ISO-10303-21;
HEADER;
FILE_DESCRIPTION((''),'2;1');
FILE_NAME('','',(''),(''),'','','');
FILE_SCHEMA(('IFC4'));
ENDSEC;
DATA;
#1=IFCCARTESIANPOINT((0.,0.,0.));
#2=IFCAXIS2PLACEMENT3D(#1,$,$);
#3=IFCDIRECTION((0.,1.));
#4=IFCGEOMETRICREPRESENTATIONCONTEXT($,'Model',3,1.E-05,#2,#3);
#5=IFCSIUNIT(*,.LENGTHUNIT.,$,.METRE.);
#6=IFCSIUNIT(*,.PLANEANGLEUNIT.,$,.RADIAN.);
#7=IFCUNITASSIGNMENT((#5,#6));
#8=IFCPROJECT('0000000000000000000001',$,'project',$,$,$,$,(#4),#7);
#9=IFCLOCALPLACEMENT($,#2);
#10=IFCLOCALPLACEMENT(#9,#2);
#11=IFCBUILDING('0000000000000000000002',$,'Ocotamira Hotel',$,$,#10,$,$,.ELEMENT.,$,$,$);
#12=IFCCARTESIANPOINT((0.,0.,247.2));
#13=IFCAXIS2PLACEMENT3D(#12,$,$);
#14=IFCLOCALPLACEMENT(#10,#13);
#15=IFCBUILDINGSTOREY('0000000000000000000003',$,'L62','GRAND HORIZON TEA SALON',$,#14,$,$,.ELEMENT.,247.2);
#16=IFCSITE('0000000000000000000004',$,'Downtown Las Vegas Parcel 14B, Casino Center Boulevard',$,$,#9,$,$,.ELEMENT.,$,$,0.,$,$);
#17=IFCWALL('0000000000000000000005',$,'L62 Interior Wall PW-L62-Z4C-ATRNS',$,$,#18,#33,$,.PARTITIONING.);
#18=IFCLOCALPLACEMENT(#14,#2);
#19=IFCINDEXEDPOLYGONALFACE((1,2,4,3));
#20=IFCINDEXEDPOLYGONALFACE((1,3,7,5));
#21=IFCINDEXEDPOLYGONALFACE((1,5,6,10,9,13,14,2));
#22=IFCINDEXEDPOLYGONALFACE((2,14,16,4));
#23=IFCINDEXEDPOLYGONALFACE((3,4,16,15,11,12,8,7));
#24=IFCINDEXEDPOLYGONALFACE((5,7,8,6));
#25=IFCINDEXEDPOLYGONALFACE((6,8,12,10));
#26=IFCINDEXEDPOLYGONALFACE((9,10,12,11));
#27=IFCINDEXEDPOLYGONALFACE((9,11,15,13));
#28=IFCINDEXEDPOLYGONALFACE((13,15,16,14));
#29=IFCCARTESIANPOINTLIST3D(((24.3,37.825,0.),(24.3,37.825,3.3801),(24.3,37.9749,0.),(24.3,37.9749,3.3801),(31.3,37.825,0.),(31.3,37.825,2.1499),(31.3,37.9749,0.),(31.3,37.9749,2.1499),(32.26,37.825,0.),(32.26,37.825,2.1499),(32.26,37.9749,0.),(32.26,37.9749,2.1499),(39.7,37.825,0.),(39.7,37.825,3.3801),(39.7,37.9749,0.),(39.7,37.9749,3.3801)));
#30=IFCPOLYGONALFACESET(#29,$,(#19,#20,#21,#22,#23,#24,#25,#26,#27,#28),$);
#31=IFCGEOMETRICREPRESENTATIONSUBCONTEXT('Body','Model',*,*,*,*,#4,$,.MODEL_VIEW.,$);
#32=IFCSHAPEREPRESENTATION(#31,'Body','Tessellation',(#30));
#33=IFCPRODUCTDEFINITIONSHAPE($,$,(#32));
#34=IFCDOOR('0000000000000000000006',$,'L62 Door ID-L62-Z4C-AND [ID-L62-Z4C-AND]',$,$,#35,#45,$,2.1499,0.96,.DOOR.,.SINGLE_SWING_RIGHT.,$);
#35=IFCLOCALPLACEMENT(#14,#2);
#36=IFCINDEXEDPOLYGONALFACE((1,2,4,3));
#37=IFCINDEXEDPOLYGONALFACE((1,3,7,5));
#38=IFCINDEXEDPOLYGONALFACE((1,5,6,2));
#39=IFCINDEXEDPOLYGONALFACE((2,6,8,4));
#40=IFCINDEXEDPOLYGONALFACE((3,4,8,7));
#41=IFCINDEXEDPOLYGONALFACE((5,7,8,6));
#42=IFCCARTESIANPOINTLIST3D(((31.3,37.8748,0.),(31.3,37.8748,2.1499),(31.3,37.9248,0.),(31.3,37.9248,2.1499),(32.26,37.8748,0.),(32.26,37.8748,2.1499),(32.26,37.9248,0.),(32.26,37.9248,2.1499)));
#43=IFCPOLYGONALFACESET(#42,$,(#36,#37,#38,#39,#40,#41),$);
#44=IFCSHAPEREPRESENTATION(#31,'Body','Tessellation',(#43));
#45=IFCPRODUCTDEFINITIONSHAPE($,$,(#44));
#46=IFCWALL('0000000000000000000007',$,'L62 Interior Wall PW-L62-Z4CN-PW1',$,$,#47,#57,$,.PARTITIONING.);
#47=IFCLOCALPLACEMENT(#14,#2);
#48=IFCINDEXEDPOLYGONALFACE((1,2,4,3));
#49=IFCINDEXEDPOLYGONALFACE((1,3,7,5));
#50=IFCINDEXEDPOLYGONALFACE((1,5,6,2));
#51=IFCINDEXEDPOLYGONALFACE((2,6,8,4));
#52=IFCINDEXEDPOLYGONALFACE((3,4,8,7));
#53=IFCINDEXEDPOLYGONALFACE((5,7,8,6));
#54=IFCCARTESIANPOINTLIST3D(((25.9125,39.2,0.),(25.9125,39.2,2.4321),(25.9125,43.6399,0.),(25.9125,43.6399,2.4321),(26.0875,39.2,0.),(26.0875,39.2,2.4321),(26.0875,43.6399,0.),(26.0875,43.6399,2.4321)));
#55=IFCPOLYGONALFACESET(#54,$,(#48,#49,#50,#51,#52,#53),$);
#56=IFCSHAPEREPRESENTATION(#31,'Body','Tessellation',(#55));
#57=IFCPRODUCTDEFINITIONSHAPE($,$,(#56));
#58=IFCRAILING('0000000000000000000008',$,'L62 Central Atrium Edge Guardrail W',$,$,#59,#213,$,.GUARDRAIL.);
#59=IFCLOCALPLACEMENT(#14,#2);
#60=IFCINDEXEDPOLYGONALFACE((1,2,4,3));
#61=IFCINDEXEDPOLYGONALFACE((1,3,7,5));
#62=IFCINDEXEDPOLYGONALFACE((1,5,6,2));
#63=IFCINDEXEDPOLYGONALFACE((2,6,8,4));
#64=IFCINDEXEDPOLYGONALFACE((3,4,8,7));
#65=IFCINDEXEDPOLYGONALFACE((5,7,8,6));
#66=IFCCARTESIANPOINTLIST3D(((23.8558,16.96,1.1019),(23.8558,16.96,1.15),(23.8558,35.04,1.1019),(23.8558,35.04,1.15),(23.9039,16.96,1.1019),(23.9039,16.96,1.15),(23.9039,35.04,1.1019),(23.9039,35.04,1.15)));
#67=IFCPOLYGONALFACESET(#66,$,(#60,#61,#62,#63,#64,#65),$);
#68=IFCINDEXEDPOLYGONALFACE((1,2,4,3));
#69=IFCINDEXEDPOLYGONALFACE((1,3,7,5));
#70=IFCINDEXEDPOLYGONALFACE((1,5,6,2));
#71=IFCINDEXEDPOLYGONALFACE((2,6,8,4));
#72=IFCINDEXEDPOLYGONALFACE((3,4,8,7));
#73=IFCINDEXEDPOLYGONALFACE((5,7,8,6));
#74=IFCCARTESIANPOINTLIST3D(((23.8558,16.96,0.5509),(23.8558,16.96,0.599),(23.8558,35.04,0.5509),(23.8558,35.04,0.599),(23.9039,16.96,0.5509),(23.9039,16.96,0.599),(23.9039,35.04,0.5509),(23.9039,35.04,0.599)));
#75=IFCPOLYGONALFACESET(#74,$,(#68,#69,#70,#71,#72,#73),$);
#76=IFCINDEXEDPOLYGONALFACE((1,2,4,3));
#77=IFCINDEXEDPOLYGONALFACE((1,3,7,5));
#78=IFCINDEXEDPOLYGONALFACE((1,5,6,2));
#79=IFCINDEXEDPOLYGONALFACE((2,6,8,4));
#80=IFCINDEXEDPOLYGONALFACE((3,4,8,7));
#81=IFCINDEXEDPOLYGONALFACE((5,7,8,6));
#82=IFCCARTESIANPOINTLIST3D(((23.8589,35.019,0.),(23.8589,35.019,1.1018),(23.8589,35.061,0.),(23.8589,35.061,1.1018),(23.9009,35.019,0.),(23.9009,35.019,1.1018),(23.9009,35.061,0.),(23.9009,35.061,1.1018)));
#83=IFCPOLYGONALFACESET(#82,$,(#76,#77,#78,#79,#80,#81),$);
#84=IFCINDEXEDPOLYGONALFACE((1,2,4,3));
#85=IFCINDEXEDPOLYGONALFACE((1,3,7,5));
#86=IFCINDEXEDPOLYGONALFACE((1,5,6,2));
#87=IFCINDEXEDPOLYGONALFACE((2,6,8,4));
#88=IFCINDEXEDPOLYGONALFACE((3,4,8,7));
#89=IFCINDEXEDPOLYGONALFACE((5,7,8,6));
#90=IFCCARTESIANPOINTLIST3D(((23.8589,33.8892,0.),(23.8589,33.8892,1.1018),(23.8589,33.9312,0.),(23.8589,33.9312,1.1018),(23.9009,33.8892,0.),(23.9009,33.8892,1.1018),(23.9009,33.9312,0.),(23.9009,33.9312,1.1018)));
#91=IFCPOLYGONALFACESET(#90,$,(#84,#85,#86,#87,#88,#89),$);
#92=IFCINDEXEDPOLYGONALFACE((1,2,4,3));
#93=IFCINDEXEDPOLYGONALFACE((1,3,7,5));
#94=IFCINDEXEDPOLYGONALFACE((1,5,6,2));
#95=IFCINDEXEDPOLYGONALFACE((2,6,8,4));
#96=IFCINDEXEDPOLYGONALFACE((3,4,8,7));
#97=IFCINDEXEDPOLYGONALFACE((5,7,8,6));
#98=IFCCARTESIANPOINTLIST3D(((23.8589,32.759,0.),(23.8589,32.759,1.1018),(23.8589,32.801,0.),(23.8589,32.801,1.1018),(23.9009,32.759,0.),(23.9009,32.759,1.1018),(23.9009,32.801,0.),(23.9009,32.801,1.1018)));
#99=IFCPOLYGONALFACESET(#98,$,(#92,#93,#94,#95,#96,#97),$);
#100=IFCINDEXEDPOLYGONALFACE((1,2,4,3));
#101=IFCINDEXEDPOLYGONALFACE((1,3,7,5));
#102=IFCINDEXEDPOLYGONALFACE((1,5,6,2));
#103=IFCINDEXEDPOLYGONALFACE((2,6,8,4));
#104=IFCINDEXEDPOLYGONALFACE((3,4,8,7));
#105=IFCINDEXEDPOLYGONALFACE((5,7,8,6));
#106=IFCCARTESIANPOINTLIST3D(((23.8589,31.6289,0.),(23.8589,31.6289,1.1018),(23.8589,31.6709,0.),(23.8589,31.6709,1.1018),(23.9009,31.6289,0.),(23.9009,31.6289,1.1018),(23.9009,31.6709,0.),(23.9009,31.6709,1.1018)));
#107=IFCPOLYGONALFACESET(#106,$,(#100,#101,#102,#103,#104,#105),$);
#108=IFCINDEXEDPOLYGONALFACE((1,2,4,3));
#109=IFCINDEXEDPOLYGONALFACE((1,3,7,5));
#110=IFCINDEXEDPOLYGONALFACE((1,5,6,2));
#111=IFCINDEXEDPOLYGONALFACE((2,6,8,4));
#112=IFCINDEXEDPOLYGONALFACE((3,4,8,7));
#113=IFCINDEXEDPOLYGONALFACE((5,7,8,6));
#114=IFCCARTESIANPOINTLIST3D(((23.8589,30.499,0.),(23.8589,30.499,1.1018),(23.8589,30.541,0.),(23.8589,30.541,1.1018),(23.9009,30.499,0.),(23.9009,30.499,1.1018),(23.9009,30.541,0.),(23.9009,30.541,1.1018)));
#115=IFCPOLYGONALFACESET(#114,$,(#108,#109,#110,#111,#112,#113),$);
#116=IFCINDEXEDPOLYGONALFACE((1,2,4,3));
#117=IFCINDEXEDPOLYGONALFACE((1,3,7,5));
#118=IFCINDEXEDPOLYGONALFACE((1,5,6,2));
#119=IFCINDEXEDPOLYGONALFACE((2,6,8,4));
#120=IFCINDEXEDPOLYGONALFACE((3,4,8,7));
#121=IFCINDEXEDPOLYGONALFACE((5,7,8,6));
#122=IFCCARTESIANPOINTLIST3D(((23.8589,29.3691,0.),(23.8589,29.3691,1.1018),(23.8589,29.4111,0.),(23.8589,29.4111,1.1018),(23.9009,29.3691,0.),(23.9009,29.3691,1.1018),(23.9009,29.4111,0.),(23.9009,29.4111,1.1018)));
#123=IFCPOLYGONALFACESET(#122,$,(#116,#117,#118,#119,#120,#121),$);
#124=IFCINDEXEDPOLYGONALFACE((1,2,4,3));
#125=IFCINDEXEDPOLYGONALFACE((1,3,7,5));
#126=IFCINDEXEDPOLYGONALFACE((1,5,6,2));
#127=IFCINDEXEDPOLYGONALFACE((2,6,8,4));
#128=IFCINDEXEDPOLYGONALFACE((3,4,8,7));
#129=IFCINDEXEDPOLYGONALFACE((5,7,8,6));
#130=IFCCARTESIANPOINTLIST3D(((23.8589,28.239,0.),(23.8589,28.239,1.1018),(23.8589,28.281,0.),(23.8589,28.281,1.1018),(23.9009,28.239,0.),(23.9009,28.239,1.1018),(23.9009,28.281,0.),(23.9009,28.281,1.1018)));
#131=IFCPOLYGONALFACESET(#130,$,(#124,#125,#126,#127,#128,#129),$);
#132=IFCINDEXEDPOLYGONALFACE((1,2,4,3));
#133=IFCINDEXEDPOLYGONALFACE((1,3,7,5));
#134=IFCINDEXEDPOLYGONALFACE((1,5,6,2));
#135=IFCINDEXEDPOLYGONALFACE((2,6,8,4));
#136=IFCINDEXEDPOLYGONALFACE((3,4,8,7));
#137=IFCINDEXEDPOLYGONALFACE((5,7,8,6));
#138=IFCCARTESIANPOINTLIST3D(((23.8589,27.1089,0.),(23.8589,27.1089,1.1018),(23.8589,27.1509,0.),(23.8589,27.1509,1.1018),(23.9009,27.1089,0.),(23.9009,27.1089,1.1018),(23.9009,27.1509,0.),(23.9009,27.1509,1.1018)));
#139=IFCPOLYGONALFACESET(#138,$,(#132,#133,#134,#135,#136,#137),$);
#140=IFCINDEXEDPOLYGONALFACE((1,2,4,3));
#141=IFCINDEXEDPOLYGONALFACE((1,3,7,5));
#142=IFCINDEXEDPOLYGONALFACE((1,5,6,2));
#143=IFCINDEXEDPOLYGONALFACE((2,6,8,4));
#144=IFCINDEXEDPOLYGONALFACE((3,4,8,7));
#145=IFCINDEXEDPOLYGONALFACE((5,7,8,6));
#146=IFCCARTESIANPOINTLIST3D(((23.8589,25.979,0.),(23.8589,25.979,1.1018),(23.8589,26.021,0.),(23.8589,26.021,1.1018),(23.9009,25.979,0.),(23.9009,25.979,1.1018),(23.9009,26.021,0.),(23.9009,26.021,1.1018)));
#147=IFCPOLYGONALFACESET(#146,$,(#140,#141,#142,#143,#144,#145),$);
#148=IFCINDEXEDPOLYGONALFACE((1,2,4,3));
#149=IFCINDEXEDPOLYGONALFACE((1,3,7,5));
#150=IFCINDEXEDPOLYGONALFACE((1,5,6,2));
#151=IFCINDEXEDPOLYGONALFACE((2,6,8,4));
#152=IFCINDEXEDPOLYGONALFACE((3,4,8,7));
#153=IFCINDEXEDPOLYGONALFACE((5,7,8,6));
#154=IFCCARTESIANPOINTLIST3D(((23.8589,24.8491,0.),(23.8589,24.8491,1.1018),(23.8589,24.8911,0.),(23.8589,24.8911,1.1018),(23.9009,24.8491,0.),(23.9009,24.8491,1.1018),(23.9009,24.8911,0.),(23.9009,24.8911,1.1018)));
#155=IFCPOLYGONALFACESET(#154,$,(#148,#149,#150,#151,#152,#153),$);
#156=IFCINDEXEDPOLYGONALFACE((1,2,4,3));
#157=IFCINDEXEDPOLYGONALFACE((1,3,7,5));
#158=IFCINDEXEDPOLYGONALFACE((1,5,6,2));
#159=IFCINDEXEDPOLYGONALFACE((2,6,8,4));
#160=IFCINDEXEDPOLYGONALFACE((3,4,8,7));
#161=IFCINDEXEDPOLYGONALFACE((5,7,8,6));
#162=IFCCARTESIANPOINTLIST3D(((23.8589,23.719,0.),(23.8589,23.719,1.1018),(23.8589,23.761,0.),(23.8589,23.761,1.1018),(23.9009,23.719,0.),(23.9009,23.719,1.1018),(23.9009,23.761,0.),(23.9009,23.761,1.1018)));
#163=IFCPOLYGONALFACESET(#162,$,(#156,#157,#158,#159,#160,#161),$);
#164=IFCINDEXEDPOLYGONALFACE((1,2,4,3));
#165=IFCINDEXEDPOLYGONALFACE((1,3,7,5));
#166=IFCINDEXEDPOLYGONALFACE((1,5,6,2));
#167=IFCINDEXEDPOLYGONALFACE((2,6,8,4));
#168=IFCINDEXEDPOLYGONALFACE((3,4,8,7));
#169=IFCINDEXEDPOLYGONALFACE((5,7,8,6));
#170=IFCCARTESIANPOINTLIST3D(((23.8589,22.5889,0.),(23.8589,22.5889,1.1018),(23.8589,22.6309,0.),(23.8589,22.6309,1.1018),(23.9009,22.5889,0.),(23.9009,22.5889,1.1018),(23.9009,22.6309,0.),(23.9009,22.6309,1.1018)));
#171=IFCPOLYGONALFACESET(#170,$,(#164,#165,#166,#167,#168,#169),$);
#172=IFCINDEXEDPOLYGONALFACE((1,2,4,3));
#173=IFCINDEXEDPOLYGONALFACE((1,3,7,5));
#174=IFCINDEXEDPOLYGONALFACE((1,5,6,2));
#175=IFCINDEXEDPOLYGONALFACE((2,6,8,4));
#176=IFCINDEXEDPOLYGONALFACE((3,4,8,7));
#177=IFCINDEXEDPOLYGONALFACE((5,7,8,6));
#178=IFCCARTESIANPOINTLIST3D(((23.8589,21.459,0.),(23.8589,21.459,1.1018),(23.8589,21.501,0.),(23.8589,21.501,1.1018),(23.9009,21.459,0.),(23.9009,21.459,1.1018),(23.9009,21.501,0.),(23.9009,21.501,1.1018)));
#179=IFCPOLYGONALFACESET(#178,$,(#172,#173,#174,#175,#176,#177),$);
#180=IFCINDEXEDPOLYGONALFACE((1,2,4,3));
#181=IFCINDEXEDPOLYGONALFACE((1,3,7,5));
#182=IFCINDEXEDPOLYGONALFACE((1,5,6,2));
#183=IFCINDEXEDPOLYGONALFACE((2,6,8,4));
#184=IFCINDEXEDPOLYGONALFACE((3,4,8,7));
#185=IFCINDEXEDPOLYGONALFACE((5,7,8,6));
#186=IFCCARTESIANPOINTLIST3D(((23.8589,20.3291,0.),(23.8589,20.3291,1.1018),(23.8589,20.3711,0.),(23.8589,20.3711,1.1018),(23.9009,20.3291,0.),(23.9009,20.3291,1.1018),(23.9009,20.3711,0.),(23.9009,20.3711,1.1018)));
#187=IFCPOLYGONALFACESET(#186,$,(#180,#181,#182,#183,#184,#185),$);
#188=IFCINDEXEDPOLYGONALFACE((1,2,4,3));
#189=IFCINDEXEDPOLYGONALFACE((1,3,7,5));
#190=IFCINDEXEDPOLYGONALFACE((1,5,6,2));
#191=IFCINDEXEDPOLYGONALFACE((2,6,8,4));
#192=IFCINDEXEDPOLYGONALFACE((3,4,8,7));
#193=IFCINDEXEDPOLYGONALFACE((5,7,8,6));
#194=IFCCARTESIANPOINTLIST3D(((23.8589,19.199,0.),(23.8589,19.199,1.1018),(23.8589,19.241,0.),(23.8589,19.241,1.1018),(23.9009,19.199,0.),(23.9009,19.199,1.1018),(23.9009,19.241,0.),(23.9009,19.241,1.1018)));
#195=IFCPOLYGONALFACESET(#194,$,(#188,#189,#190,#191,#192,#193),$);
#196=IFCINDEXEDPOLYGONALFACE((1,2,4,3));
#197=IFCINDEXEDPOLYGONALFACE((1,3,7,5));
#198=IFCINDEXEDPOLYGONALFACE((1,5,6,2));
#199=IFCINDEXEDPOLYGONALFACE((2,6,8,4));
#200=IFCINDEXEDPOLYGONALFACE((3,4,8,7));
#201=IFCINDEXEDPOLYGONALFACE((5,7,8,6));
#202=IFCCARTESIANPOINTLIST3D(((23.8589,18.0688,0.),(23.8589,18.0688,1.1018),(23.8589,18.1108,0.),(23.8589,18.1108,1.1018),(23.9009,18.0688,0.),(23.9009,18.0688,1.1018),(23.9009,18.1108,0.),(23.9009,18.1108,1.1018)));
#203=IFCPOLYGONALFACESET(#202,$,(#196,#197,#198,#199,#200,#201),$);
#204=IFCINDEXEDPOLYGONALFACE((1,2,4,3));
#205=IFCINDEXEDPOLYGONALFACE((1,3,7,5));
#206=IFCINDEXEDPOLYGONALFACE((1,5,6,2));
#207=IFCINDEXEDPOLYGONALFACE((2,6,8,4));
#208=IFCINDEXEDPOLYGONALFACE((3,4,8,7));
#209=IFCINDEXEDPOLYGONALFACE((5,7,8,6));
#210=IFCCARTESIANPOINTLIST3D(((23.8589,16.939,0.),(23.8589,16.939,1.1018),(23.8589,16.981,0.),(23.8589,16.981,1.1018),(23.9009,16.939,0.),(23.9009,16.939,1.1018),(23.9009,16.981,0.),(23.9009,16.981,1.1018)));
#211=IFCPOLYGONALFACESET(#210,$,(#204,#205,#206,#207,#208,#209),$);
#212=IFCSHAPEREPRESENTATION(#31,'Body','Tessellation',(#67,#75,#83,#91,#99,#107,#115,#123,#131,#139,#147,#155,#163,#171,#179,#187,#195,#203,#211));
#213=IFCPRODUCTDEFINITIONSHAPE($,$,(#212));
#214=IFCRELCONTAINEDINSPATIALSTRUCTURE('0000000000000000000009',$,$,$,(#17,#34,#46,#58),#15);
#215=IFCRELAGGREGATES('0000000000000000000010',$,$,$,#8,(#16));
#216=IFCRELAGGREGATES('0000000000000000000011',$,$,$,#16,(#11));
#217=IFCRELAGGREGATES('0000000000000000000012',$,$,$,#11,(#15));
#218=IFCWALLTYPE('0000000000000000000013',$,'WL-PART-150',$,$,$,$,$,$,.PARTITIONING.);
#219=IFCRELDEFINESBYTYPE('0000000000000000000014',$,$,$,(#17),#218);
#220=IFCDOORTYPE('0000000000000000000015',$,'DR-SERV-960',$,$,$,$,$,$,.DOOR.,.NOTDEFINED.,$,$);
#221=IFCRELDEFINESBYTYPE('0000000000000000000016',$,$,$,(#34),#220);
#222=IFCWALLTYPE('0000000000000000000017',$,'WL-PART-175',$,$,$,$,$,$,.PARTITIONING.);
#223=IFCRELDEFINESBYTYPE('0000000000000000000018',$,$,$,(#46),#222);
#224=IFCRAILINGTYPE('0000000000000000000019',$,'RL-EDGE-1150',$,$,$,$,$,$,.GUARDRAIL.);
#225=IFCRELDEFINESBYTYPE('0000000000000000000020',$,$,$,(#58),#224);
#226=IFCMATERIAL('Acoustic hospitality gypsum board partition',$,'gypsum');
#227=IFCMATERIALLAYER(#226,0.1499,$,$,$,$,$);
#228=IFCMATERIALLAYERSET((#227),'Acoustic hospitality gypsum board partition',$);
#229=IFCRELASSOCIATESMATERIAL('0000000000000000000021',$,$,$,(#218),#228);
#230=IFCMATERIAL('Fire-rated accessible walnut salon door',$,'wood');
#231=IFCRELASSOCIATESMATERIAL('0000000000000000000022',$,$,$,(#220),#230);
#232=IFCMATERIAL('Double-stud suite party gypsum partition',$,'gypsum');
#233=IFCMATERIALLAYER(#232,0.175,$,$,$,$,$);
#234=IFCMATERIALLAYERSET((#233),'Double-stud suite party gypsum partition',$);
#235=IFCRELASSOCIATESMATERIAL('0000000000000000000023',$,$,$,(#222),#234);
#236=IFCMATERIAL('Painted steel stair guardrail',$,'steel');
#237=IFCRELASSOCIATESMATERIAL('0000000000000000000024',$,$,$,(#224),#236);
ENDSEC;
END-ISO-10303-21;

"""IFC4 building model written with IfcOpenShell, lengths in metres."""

from ifc_helpers import new_model, si_unit, direction, frame, frame_2d, origin, origin_2d, place, context, subcontext, project, spatial, rectangle, extrude, source, transform, mapped, material, layer, layer_set, type_object, element, fill, save


model = new_model("IFC4")

# Units and contexts
model_context = context("Model", 3, precision=1e-05, world=origin(), true_north=direction((0.0, 1.0)))
body_context = subcontext(model_context, "Body", "Model", "MODEL_VIEW")
ifc_project = project(units=[si_unit("LENGTHUNIT", "METRE"), si_unit("PLANEANGLEUNIT", "RADIAN")], contexts=[model_context])

# Site, building, storey
site_placement = place(None, origin())
site = spatial("IfcSite", under=ifc_project, at=site_placement, Name="Downtown Las Vegas Parcel 14B, Casino Center Boulevard", CompositionType="ELEMENT", RefElevation=0.0)
building_placement = place(site_placement, origin())
building = spatial("IfcBuilding", under=site, at=building_placement, Name="Ocotamira Hotel", CompositionType="ELEMENT")
storey_placement = place(building_placement, frame((0.0, 0.0, 247.2)))
storey = spatial("IfcBuildingStorey", under=building, at=storey_placement, Name="L62", Description="GRAND HORIZON TEA SALON", CompositionType="ELEMENT", Elevation=247.2)

# Wall, opening, door
ifc_material_1 = material(Name="Acoustic hospitality gypsum board partition", Category="gypsum")
ifc_layer_1 = layer(ifc_material_1, 0.1499)
ifc_layer_set_1 = layer_set([ifc_layer_1], Name="Acoustic hospitality gypsum board partition")
wall_type_1 = type_object("IfcWallType", Name="WL-PART-150", PredefinedType="PARTITIONING", material=ifc_layer_set_1)
wall_1_placement = place(storey_placement, frame((24.3, 37.8999, 0.0), z_axis=(0.0, 0.0, 1.0), x_axis=(1.0, 0.0, 0.0)))
wall_1 = element("IfcWall", 1, at=wall_1_placement, inside=storey, type_object=wall_type_1, Name="L62 Interior Wall PW-L62-Z4C-ATRNS", PredefinedType="PARTITIONING", context=body_context, shape_type="SweptSolid", body=[
    extrude(rectangle(XDim=15.3999, YDim=0.1499, at=frame_2d((7.7, 0.0))), origin(), (0.0, 0.0, 1.0), 3.3801),
])
opening_1_placement = place(wall_1_placement, frame((7.0, 0.0, 0.0)))
opening_1 = element("IfcOpeningElement", 2, at=opening_1_placement, cuts=wall_1, PredefinedType="OPENING", context=body_context, shape_type="SweptSolid", body=[
    extrude(rectangle(XDim=0.96, YDim=2.1499, at=frame_2d((0.48, 1.075))), frame((0.0, 0.085, 0.0), z_axis=(0.0, -1.0, 0.0), x_axis=(1.0, 0.0, 0.0)), (0.0, 0.0, 1.0), 0.1699),
])
ifc_material_2 = material(Name="Fire-rated accessible walnut salon door", Category="wood")
door_type_1 = type_object("IfcDoorType", Name="DR-SERV-960", OperationType="NOTDEFINED", PredefinedType="DOOR", material=ifc_material_2)
shared_shape_1 = source(origin(), body_context, "Body", "SweptSolid", [
    extrude(rectangle(XDim=0.96, YDim=2.1499, at=frame_2d((0.48, 1.075))), frame((0.0, 0.0249, 0.0), z_axis=(0.0, -1.0, 0.0), x_axis=(1.0, 0.0, 0.0)), (0.0, 0.0, 1.0), 0.05),
])
door_1_placement = place(opening_1_placement, origin())
door_1 = element("IfcDoor", 3, at=door_1_placement, inside=storey, type_object=door_type_1, Name="L62 Door ID-L62-Z4C-AND [ID-L62-Z4C-AND]", OperationType="SINGLE_SWING_RIGHT", OverallHeight=2.1499, OverallWidth=0.96, PredefinedType="DOOR", context=body_context, shape_type="MappedRepresentation", body=[
    mapped(shared_shape_1, transform((0.0, 0.0, 0.0), scale=1.0)),
])
fill(opening_1, door_1)

# Wall
ifc_material_3 = material(Name="Double-stud suite party gypsum partition", Category="gypsum")
ifc_layer_2 = layer(ifc_material_3, 0.175)
ifc_layer_set_2 = layer_set([ifc_layer_2], Name="Double-stud suite party gypsum partition")
wall_type_2 = type_object("IfcWallType", Name="WL-PART-175", PredefinedType="PARTITIONING", material=ifc_layer_set_2)
wall_2_placement = place(storey_placement, frame((26.0, 39.2, 0.0), z_axis=(0.0, 0.0, 1.0), x_axis=(0.0, 1.0, 0.0)))
element("IfcWall", 4, at=wall_2_placement, inside=storey, type_object=wall_type_2, Name="L62 Interior Wall PW-L62-Z4CN-PW1", PredefinedType="PARTITIONING", context=body_context, shape_type="SweptSolid", body=[
    extrude(rectangle(XDim=4.4399, YDim=0.175, at=frame_2d((2.22, 0.0))), origin(), (0.0, 0.0, 1.0), 2.4321),
])

# Railing
ifc_material_4 = material(Name="Painted steel stair guardrail", Category="steel")
railing_type = type_object("IfcRailingType", Name="RL-EDGE-1150", PredefinedType="GUARDRAIL", material=ifc_material_4)
railing_placement = place(storey_placement, frame((23.8799, 35.04, 0.0)))
element("IfcRailing", 5, at=railing_placement, inside=storey, type_object=railing_type, Name="L62 Central Atrium Edge Guardrail W", PredefinedType="GUARDRAIL", context=body_context, shape_type="SweptSolid", body=[
    extrude(rectangle(XDim=0.0481, YDim=0.0481, at=origin_2d()), frame((0.0, 0.0, 1.126), z_axis=(0.0, -1.0, 0.0), x_axis=(1.0, 0.0, 0.0)), (0.0, 0.0, 1.0), 18.0801),
    extrude(rectangle(XDim=0.0481, YDim=0.0481, at=origin_2d()), frame((0.0, 0.0, 0.575), z_axis=(0.0, -1.0, 0.0), x_axis=(1.0, 0.0, 0.0)), (0.0, 0.0, 1.0), 18.0801),
    extrude(rectangle(XDim=0.042, YDim=0.042, at=origin_2d()), origin(), (0.0, 0.0, 1.0), 1.1018),
    extrude(rectangle(XDim=0.042, YDim=0.042, at=origin_2d()), frame((0.0, -1.1299, 0.0)), (0.0, 0.0, 1.0), 1.1018),
    extrude(rectangle(XDim=0.042, YDim=0.042, at=origin_2d()), frame((0.0, -2.26, 0.0)), (0.0, 0.0, 1.0), 1.1018),
    extrude(rectangle(XDim=0.042, YDim=0.042, at=origin_2d()), frame((0.0, -3.3901, 0.0)), (0.0, 0.0, 1.0), 1.1018),
    extrude(rectangle(XDim=0.042, YDim=0.042, at=origin_2d()), frame((0.0, -4.52, 0.0)), (0.0, 0.0, 1.0), 1.1018),
    extrude(rectangle(XDim=0.042, YDim=0.042, at=origin_2d()), frame((0.0, -5.6499, 0.0)), (0.0, 0.0, 1.0), 1.1018),
    extrude(rectangle(XDim=0.042, YDim=0.042, at=origin_2d()), frame((0.0, -6.78, 0.0)), (0.0, 0.0, 1.0), 1.1018),
    extrude(rectangle(XDim=0.042, YDim=0.042, at=origin_2d()), frame((0.0, -7.9102, 0.0)), (0.0, 0.0, 1.0), 1.1018),
    extrude(rectangle(XDim=0.042, YDim=0.042, at=origin_2d()), frame((0.0, -9.04, 0.0)), (0.0, 0.0, 1.0), 1.1018),
    extrude(rectangle(XDim=0.042, YDim=0.042, at=origin_2d()), frame((0.0, -10.1699, 0.0)), (0.0, 0.0, 1.0), 1.1018),
    extrude(rectangle(XDim=0.042, YDim=0.042, at=origin_2d()), frame((0.0, -11.3, 0.0)), (0.0, 0.0, 1.0), 1.1018),
    extrude(rectangle(XDim=0.042, YDim=0.042, at=origin_2d()), frame((0.0, -12.4302, 0.0)), (0.0, 0.0, 1.0), 1.1018),
    extrude(rectangle(XDim=0.042, YDim=0.042, at=origin_2d()), frame((0.0, -13.5601, 0.0)), (0.0, 0.0, 1.0), 1.1018),
    extrude(rectangle(XDim=0.042, YDim=0.042, at=origin_2d()), frame((0.0, -14.6899, 0.0)), (0.0, 0.0, 1.0), 1.1018),
    extrude(rectangle(XDim=0.042, YDim=0.042, at=origin_2d()), frame((0.0, -15.8201, 0.0)), (0.0, 0.0, 1.0), 1.1018),
    extrude(rectangle(XDim=0.042, YDim=0.042, at=origin_2d()), frame((0.0, -16.9502, 0.0)), (0.0, 0.0, 1.0), 1.1018),
    extrude(rectangle(XDim=0.042, YDim=0.042, at=origin_2d()), frame((0.0, -18.0801, 0.0)), (0.0, 0.0, 1.0), 1.1018),
])

save(model, "model.ifc")
